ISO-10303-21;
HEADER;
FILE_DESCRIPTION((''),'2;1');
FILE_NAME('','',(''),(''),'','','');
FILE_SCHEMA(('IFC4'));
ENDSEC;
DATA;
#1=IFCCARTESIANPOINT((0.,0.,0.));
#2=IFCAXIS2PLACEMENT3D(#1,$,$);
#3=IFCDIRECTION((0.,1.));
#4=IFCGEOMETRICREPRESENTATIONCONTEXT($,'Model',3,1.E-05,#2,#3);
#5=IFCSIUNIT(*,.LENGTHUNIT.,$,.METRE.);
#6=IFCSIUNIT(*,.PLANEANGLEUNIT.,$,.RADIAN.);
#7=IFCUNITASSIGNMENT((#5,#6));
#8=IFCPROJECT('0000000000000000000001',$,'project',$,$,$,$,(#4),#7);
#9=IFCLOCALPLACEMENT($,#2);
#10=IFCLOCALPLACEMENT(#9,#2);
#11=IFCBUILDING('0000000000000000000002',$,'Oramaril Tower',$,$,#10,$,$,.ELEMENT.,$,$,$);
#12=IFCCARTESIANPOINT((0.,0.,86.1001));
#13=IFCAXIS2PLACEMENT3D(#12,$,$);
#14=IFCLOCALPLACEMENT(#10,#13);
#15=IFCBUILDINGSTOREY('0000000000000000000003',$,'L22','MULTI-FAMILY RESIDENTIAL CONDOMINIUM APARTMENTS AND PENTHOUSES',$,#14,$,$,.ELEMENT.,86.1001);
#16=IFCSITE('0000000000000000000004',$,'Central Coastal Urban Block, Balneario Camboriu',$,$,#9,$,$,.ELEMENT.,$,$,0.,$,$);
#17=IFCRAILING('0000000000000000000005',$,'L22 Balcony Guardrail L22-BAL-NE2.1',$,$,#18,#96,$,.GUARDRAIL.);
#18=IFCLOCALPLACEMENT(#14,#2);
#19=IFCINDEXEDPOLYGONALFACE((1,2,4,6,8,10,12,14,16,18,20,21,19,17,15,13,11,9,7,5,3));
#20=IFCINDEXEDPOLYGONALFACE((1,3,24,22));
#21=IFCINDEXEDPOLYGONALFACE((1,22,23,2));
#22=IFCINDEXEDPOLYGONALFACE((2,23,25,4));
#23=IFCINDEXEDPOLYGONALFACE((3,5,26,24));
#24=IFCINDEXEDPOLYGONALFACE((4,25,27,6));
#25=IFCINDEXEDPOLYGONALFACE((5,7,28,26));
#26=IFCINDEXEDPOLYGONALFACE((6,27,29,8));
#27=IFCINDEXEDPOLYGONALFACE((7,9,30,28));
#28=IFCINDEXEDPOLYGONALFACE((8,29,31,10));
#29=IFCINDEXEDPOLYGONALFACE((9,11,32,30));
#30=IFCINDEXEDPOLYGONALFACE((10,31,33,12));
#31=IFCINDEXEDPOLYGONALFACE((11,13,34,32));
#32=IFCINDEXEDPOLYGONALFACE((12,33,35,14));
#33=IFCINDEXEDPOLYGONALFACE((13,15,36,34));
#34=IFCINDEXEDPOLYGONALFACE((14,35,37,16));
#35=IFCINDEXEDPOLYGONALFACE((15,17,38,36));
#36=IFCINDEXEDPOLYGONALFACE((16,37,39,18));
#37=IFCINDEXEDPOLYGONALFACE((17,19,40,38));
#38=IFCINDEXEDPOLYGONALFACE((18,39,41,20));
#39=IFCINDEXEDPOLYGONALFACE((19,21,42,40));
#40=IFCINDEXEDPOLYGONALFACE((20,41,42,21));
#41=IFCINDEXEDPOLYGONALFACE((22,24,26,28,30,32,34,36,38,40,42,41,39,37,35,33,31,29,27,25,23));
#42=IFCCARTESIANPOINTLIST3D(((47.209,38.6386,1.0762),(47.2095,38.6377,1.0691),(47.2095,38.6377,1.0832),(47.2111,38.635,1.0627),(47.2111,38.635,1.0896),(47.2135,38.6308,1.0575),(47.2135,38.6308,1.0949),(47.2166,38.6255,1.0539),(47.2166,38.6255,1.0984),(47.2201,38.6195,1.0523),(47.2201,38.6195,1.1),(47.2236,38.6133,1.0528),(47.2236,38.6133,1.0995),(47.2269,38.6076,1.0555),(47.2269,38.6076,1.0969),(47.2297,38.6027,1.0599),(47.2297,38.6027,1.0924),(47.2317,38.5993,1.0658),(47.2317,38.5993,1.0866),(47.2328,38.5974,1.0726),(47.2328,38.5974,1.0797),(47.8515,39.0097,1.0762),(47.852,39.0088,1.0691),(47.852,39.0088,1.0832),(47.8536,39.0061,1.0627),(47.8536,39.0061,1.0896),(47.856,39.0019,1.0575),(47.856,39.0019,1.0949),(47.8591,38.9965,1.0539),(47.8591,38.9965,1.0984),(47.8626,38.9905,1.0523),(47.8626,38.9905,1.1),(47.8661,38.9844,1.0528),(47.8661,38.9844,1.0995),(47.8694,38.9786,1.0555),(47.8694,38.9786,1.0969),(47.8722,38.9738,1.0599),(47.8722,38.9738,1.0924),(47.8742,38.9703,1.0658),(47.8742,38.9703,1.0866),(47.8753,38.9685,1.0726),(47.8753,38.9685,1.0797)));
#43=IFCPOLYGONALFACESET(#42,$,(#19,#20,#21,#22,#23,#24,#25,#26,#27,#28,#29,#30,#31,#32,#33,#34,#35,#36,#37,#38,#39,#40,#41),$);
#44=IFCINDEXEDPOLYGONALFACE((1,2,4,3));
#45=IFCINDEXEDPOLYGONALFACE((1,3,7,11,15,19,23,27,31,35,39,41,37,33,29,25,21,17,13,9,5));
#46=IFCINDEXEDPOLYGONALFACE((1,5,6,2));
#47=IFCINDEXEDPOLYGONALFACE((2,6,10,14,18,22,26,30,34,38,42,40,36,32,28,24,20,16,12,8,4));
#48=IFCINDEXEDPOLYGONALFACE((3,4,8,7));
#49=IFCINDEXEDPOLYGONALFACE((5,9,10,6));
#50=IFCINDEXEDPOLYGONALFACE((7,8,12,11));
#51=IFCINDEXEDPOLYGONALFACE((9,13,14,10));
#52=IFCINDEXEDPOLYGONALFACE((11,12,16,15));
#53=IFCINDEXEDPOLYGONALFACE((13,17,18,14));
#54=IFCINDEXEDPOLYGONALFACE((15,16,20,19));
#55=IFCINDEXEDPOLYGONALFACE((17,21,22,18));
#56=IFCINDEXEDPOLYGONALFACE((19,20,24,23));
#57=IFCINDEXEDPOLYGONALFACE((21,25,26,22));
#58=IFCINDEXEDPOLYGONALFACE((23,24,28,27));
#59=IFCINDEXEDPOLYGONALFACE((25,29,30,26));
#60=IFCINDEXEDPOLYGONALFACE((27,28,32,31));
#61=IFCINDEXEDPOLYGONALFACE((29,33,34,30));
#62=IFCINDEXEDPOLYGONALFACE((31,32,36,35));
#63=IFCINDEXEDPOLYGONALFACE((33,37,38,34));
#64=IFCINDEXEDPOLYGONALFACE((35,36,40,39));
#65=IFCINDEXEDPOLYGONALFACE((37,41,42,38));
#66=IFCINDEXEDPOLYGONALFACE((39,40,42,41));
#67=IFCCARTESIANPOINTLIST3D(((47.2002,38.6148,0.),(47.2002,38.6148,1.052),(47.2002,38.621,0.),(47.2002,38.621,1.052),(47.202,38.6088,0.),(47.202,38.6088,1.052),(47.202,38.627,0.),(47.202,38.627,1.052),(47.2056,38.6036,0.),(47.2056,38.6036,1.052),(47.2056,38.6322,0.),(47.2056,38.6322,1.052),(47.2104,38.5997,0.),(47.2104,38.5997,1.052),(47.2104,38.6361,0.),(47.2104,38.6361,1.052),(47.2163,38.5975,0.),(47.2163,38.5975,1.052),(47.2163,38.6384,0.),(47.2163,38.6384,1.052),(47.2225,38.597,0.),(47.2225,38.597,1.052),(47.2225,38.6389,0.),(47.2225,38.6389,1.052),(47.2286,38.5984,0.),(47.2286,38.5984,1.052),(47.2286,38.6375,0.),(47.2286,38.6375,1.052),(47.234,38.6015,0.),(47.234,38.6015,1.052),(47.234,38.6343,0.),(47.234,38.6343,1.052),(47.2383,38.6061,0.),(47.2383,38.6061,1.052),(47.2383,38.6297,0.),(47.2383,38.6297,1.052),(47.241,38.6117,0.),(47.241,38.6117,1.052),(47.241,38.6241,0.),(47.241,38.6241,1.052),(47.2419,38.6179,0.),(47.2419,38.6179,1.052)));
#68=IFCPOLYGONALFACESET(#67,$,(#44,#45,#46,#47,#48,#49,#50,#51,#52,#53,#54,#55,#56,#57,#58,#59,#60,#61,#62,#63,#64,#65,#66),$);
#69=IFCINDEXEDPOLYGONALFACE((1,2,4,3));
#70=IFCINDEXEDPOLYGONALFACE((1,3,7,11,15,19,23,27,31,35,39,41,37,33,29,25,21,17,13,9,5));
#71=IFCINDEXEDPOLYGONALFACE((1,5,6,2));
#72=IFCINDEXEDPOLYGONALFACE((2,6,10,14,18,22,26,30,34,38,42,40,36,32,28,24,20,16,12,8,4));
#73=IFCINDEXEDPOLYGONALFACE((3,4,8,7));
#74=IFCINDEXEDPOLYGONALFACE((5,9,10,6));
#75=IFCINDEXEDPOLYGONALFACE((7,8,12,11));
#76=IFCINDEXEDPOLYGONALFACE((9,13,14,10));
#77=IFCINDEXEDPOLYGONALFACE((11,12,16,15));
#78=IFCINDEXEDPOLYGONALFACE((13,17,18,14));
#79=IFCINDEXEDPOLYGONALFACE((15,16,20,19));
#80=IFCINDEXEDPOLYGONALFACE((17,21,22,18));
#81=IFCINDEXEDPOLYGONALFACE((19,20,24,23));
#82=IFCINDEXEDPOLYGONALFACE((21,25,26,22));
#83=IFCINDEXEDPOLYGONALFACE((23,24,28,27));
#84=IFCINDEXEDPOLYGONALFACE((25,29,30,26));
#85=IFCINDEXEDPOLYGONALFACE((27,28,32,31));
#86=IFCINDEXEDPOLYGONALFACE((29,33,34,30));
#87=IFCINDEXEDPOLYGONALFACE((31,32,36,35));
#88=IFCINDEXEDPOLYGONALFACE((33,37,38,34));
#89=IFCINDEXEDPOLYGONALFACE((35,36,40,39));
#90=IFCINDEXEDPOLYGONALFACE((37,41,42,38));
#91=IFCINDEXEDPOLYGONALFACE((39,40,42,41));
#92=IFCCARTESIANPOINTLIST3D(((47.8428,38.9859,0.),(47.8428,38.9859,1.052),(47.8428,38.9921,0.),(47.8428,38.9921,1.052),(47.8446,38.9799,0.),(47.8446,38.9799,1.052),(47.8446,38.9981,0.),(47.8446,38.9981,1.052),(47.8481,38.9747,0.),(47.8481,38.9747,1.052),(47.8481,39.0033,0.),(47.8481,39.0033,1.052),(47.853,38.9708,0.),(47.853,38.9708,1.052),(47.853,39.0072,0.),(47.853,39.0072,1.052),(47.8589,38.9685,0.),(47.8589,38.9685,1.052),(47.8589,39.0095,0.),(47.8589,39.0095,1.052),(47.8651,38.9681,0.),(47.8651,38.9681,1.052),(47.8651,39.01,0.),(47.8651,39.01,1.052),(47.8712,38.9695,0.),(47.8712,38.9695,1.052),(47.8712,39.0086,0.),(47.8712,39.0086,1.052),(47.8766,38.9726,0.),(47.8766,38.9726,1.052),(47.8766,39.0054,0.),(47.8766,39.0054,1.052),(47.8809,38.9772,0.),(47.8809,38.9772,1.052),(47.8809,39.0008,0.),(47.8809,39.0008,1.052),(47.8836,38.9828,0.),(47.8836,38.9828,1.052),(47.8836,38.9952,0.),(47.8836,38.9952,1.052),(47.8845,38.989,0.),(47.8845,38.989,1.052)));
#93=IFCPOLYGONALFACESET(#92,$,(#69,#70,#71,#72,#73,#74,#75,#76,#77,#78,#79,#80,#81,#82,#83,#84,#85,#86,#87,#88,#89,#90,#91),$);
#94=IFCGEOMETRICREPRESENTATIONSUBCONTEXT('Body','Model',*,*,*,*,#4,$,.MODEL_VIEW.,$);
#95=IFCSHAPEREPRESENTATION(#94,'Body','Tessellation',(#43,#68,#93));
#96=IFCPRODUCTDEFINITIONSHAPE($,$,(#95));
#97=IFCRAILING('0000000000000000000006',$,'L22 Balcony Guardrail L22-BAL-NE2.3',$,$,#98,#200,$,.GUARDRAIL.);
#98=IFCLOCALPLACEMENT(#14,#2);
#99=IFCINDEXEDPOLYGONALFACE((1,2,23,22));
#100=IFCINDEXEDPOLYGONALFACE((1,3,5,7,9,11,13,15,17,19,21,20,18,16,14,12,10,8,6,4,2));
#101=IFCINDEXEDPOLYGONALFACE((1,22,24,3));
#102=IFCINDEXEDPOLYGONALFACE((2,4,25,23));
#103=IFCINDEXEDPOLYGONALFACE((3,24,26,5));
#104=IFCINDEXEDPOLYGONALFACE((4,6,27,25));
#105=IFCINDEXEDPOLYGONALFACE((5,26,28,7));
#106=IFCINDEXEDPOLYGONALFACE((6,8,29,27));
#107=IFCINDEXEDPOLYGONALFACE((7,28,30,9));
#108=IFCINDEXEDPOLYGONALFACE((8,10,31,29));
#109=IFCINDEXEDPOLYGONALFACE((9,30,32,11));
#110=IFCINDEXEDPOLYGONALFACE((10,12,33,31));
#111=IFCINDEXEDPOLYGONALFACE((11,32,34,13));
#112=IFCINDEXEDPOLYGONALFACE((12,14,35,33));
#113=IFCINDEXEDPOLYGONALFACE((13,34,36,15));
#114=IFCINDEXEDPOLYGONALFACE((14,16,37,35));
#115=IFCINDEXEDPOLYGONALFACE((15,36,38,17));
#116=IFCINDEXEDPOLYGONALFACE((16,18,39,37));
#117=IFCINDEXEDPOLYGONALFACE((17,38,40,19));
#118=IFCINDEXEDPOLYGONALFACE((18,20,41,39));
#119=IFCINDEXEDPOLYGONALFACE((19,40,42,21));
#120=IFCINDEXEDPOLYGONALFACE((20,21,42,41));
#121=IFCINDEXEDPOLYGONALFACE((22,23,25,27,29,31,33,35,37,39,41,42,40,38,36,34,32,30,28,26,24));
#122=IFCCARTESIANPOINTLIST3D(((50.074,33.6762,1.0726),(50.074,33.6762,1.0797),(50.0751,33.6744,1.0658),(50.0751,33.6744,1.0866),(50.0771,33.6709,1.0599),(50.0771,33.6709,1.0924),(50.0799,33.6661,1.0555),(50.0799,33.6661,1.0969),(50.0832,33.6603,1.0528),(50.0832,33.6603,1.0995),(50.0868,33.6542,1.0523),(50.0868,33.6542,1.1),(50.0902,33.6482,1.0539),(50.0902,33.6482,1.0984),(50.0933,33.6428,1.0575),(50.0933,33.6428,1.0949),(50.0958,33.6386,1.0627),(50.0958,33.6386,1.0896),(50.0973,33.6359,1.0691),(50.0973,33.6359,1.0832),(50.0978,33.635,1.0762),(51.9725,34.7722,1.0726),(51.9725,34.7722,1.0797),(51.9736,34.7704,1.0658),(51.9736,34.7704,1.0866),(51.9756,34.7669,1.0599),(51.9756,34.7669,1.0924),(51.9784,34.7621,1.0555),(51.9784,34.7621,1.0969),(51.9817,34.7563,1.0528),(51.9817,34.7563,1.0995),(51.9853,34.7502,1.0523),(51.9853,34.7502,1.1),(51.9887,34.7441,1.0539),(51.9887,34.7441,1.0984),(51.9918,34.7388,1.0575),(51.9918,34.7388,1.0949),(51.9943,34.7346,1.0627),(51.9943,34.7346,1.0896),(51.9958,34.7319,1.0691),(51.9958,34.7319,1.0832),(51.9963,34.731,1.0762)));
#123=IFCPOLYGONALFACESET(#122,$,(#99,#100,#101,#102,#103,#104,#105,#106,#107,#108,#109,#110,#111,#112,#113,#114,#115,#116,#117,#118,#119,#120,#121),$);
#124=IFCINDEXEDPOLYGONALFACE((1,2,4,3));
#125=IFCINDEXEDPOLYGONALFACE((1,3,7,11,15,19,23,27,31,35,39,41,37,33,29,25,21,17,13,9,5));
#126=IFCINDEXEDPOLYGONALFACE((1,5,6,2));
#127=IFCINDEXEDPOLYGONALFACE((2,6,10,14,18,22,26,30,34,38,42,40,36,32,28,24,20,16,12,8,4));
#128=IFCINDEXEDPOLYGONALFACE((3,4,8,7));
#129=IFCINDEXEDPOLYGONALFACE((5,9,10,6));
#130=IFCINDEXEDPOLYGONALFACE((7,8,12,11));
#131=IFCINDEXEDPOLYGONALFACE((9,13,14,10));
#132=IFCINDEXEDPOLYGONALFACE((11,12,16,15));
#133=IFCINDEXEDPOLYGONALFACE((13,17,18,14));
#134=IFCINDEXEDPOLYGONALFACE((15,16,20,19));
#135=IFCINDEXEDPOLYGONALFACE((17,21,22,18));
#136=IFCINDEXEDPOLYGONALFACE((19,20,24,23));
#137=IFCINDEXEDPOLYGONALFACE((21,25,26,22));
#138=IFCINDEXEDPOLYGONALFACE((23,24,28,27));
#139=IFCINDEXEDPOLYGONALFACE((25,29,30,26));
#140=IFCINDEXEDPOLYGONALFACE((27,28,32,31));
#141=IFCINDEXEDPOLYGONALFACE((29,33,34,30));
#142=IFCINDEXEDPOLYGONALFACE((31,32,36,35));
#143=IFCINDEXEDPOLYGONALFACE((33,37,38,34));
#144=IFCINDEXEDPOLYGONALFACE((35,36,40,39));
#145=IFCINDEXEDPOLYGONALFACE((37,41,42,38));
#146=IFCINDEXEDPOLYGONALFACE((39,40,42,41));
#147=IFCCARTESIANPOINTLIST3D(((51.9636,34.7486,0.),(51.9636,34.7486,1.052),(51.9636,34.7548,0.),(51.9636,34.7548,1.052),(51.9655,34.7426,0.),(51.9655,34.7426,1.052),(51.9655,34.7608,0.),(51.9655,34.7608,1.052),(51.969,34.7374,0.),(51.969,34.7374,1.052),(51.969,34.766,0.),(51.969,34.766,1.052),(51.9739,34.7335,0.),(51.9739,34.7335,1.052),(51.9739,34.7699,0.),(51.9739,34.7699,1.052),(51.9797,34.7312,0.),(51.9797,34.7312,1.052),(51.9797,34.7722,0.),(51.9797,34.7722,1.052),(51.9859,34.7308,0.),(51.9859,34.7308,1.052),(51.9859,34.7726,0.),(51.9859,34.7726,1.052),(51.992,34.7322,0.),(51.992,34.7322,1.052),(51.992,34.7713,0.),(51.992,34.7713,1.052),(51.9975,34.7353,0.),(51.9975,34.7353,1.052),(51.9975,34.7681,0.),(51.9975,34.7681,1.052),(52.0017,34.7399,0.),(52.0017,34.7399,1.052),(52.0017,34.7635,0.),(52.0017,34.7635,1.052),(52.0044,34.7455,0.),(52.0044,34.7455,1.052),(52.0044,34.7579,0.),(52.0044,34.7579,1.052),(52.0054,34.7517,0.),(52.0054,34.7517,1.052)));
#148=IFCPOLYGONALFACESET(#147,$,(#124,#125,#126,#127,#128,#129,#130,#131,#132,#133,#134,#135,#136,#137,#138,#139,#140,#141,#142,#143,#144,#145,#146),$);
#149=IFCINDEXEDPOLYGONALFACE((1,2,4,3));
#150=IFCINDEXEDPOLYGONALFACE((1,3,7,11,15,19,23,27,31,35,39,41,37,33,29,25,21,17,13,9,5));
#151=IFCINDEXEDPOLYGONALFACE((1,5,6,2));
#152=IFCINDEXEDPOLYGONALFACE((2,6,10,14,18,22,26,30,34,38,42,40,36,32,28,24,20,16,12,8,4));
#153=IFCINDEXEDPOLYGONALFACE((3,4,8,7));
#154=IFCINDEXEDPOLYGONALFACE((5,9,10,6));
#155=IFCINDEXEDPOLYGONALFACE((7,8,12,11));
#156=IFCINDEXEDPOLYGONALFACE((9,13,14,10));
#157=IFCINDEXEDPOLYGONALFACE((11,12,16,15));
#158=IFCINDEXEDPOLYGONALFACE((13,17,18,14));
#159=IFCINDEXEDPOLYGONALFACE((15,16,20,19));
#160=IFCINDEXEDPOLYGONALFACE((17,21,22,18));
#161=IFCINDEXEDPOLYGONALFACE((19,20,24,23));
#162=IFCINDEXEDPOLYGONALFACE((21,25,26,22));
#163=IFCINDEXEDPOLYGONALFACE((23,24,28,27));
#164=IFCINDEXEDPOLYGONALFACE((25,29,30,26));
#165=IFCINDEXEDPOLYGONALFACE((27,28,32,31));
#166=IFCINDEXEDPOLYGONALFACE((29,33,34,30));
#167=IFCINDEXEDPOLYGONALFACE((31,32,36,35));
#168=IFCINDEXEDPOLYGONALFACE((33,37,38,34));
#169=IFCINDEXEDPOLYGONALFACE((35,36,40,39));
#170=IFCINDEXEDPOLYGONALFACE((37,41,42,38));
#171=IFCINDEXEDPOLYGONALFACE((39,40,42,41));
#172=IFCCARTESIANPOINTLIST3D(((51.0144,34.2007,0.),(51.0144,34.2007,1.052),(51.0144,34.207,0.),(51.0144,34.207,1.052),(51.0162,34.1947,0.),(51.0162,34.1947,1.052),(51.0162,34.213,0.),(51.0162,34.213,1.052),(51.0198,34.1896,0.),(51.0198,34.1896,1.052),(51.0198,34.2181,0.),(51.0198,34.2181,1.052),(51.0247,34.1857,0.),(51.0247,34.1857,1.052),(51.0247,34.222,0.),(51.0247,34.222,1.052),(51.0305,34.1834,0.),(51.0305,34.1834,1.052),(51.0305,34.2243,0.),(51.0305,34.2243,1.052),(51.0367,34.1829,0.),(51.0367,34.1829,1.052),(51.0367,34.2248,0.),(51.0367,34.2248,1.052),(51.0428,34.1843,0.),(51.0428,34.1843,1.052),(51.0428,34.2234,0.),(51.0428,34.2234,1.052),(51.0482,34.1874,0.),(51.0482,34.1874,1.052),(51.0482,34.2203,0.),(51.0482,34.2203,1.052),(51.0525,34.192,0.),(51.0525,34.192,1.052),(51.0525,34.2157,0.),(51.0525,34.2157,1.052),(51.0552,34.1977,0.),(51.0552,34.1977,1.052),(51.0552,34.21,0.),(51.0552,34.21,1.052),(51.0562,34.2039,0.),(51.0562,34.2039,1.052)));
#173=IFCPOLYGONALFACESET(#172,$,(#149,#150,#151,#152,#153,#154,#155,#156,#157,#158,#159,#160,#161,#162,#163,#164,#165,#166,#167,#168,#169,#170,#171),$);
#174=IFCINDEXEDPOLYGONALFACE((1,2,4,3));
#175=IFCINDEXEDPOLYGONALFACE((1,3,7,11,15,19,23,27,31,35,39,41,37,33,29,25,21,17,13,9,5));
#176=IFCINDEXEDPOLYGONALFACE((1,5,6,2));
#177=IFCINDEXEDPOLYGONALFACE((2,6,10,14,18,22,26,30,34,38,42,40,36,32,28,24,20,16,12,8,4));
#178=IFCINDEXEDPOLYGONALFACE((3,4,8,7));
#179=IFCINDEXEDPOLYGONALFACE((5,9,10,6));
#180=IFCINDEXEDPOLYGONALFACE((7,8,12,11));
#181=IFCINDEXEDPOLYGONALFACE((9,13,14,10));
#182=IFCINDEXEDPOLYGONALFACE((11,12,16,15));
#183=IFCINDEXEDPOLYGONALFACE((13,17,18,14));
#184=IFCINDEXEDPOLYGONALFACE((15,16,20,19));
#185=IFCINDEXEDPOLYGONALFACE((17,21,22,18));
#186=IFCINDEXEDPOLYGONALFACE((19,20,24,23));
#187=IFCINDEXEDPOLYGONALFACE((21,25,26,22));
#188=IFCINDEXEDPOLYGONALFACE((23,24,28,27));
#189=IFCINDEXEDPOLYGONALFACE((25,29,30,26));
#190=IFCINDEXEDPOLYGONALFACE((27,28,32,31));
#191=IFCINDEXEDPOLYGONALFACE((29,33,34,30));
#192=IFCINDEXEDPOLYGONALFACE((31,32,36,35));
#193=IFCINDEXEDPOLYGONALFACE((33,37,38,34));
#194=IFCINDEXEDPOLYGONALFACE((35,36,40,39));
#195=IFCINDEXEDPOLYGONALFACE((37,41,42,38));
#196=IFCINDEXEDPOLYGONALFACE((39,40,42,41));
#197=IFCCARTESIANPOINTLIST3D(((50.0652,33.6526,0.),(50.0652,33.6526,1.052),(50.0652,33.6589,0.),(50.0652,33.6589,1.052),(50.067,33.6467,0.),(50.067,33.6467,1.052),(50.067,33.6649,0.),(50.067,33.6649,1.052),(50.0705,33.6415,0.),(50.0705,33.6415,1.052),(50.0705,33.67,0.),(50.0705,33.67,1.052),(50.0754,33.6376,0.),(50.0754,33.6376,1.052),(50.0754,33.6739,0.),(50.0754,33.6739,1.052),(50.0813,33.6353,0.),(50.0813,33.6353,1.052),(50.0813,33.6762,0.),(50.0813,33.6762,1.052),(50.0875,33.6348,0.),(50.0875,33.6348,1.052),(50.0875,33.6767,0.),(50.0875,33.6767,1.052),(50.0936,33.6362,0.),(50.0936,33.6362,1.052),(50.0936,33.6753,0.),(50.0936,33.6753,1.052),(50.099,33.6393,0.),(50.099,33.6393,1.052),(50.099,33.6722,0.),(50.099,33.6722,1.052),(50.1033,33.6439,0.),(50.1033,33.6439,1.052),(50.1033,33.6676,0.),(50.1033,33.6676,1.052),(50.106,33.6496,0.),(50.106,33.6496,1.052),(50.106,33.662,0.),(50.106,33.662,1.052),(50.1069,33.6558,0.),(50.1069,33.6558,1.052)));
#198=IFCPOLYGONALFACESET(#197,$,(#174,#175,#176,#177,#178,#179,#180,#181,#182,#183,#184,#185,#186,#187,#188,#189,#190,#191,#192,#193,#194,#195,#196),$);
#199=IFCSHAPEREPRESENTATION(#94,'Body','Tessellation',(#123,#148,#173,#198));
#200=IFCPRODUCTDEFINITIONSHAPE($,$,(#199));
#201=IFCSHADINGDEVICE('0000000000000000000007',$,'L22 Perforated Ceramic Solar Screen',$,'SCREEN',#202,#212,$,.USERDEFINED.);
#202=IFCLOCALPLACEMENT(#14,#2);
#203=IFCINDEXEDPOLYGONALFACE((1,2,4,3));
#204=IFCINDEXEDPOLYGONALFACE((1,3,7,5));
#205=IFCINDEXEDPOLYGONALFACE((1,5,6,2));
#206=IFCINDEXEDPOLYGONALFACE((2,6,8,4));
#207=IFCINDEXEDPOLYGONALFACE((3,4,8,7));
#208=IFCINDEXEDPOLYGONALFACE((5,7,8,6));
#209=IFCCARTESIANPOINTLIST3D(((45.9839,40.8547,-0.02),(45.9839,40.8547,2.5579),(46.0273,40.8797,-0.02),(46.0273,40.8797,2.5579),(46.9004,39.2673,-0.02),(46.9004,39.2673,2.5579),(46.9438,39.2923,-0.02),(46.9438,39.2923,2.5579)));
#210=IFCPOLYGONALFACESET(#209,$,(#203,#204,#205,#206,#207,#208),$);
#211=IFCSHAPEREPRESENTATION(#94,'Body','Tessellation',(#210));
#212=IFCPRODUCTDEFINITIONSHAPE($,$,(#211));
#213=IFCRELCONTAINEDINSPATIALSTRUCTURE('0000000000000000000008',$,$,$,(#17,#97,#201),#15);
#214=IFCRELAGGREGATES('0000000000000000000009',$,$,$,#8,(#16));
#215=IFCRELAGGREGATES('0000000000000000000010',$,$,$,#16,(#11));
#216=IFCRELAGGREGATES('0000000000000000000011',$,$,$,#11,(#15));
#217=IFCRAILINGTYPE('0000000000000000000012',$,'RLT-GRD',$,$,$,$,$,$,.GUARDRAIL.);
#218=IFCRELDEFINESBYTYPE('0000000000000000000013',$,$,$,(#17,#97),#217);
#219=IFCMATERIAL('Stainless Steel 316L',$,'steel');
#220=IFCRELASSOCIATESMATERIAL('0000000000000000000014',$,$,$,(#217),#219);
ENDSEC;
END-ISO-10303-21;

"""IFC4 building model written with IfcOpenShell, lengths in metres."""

from ifc_helpers import new_model, si_unit, direction, frame, origin, origin_2d, place, context, subcontext, project, spatial, rectangle, circle, extrude, material, type_object, element, save


model = new_model("IFC4")

# Units and contexts
model_context = context("Model", 3, precision=1e-05, world=origin(), true_north=direction((0.0, 1.0)))
body_context = subcontext(model_context, "Body", "Model", "MODEL_VIEW")
ifc_project = project(units=[si_unit("LENGTHUNIT", "METRE"), si_unit("PLANEANGLEUNIT", "RADIAN")], contexts=[model_context])

# Site, building, storey
site_placement = place(None, origin())
site = spatial("IfcSite", under=ifc_project, at=site_placement, Name="Central Coastal Urban Block, Balneario Camboriu", CompositionType="ELEMENT", RefElevation=0.0)
building_placement = place(site_placement, origin())
building = spatial("IfcBuilding", under=site, at=building_placement, Name="Oramaril Tower", CompositionType="ELEMENT")
storey_placement = place(building_placement, frame((0.0, 0.0, 86.1001)))
storey = spatial("IfcBuildingStorey", under=building, at=storey_placement, Name="L22", Description="MULTI-FAMILY RESIDENTIAL CONDOMINIUM APARTMENTS AND PENTHOUSES", CompositionType="ELEMENT", Elevation=86.1001)

# Railings
ifc_material_1 = material(Name="Stainless Steel 316L", Category="steel")
railing_type = type_object("IfcRailingType", Name="RLT-GRD", PredefinedType="GUARDRAIL", material=ifc_material_1)
railing_1_placement = place(storey_placement, frame((47.2209, 38.6179, 0.0)))
element("IfcRailing", 1, at=railing_1_placement, inside=storey, type_object=railing_type, Name="L22 Balcony Guardrail L22-BAL-NE2.1", PredefinedType="GUARDRAIL", context=body_context, shape_type="SweptSolid", body=[
    extrude(circle(Radius=0.0239, at=origin_2d()), frame((0.0, 0.0, 1.0762), z_axis=(0.865966, 0.500102, 0.0), x_axis=(-0.500102, 0.865966, 0.0)), (0.0, 0.0, 1.0), 0.7419),
    extrude(circle(Radius=0.021, at=origin_2d()), origin(), (0.0, 0.0, 1.0), 1.052),
    extrude(circle(Radius=0.021, at=origin_2d()), frame((0.6426, 0.3711, 0.0)), (0.0, 0.0, 1.0), 1.052),
])
railing_2_placement = place(storey_placement, frame((51.9844, 34.7517, 0.0)))
element("IfcRailing", 2, at=railing_2_placement, inside=storey, type_object=railing_type, Name="L22 Balcony Guardrail L22-BAL-NE2.3", PredefinedType="GUARDRAIL", context=body_context, shape_type="SweptSolid", body=[
    extrude(circle(Radius=0.0239, at=origin_2d()), frame((0.0, 0.0, 1.0762), z_axis=(-0.866048, -0.49996, 0.0), x_axis=(0.49996, -0.866048, 0.0)), (0.0, 0.0, 1.0), 2.1921),
    extrude(circle(Radius=0.021, at=origin_2d()), origin(), (0.0, 0.0, 1.0), 1.052),
    extrude(circle(Radius=0.021, at=origin_2d()), frame((-0.9492, -0.5479, 0.0)), (0.0, 0.0, 1.0), 1.052),
    extrude(circle(Radius=0.021, at=origin_2d()), frame((-1.8984, -1.0959, 0.0)), (0.0, 0.0, 1.0), 1.052),
])

# Shading device
for number, where, z_axis, x_axis, name in (
    (3, (46.4639, 40.0735, -0.02), (0.0, 0.0, 1.0), (-0.5, 0.866025, 0.0), "L22 Perforated Ceramic Solar Screen"),
):
    element("IfcShadingDevice", number, at=place(storey_placement, frame(where, z_axis=z_axis, x_axis=x_axis)), inside=storey, Name=name, ObjectType="SCREEN", PredefinedType="USERDEFINED", context=body_context, shape_type="SweptSolid", body=[
        extrude(rectangle(XDim=1.833, YDim=0.05, at=origin_2d()), origin(), (0.0, 0.0, 1.0), 2.5779),
    ])

save(model, "model.ifc")
